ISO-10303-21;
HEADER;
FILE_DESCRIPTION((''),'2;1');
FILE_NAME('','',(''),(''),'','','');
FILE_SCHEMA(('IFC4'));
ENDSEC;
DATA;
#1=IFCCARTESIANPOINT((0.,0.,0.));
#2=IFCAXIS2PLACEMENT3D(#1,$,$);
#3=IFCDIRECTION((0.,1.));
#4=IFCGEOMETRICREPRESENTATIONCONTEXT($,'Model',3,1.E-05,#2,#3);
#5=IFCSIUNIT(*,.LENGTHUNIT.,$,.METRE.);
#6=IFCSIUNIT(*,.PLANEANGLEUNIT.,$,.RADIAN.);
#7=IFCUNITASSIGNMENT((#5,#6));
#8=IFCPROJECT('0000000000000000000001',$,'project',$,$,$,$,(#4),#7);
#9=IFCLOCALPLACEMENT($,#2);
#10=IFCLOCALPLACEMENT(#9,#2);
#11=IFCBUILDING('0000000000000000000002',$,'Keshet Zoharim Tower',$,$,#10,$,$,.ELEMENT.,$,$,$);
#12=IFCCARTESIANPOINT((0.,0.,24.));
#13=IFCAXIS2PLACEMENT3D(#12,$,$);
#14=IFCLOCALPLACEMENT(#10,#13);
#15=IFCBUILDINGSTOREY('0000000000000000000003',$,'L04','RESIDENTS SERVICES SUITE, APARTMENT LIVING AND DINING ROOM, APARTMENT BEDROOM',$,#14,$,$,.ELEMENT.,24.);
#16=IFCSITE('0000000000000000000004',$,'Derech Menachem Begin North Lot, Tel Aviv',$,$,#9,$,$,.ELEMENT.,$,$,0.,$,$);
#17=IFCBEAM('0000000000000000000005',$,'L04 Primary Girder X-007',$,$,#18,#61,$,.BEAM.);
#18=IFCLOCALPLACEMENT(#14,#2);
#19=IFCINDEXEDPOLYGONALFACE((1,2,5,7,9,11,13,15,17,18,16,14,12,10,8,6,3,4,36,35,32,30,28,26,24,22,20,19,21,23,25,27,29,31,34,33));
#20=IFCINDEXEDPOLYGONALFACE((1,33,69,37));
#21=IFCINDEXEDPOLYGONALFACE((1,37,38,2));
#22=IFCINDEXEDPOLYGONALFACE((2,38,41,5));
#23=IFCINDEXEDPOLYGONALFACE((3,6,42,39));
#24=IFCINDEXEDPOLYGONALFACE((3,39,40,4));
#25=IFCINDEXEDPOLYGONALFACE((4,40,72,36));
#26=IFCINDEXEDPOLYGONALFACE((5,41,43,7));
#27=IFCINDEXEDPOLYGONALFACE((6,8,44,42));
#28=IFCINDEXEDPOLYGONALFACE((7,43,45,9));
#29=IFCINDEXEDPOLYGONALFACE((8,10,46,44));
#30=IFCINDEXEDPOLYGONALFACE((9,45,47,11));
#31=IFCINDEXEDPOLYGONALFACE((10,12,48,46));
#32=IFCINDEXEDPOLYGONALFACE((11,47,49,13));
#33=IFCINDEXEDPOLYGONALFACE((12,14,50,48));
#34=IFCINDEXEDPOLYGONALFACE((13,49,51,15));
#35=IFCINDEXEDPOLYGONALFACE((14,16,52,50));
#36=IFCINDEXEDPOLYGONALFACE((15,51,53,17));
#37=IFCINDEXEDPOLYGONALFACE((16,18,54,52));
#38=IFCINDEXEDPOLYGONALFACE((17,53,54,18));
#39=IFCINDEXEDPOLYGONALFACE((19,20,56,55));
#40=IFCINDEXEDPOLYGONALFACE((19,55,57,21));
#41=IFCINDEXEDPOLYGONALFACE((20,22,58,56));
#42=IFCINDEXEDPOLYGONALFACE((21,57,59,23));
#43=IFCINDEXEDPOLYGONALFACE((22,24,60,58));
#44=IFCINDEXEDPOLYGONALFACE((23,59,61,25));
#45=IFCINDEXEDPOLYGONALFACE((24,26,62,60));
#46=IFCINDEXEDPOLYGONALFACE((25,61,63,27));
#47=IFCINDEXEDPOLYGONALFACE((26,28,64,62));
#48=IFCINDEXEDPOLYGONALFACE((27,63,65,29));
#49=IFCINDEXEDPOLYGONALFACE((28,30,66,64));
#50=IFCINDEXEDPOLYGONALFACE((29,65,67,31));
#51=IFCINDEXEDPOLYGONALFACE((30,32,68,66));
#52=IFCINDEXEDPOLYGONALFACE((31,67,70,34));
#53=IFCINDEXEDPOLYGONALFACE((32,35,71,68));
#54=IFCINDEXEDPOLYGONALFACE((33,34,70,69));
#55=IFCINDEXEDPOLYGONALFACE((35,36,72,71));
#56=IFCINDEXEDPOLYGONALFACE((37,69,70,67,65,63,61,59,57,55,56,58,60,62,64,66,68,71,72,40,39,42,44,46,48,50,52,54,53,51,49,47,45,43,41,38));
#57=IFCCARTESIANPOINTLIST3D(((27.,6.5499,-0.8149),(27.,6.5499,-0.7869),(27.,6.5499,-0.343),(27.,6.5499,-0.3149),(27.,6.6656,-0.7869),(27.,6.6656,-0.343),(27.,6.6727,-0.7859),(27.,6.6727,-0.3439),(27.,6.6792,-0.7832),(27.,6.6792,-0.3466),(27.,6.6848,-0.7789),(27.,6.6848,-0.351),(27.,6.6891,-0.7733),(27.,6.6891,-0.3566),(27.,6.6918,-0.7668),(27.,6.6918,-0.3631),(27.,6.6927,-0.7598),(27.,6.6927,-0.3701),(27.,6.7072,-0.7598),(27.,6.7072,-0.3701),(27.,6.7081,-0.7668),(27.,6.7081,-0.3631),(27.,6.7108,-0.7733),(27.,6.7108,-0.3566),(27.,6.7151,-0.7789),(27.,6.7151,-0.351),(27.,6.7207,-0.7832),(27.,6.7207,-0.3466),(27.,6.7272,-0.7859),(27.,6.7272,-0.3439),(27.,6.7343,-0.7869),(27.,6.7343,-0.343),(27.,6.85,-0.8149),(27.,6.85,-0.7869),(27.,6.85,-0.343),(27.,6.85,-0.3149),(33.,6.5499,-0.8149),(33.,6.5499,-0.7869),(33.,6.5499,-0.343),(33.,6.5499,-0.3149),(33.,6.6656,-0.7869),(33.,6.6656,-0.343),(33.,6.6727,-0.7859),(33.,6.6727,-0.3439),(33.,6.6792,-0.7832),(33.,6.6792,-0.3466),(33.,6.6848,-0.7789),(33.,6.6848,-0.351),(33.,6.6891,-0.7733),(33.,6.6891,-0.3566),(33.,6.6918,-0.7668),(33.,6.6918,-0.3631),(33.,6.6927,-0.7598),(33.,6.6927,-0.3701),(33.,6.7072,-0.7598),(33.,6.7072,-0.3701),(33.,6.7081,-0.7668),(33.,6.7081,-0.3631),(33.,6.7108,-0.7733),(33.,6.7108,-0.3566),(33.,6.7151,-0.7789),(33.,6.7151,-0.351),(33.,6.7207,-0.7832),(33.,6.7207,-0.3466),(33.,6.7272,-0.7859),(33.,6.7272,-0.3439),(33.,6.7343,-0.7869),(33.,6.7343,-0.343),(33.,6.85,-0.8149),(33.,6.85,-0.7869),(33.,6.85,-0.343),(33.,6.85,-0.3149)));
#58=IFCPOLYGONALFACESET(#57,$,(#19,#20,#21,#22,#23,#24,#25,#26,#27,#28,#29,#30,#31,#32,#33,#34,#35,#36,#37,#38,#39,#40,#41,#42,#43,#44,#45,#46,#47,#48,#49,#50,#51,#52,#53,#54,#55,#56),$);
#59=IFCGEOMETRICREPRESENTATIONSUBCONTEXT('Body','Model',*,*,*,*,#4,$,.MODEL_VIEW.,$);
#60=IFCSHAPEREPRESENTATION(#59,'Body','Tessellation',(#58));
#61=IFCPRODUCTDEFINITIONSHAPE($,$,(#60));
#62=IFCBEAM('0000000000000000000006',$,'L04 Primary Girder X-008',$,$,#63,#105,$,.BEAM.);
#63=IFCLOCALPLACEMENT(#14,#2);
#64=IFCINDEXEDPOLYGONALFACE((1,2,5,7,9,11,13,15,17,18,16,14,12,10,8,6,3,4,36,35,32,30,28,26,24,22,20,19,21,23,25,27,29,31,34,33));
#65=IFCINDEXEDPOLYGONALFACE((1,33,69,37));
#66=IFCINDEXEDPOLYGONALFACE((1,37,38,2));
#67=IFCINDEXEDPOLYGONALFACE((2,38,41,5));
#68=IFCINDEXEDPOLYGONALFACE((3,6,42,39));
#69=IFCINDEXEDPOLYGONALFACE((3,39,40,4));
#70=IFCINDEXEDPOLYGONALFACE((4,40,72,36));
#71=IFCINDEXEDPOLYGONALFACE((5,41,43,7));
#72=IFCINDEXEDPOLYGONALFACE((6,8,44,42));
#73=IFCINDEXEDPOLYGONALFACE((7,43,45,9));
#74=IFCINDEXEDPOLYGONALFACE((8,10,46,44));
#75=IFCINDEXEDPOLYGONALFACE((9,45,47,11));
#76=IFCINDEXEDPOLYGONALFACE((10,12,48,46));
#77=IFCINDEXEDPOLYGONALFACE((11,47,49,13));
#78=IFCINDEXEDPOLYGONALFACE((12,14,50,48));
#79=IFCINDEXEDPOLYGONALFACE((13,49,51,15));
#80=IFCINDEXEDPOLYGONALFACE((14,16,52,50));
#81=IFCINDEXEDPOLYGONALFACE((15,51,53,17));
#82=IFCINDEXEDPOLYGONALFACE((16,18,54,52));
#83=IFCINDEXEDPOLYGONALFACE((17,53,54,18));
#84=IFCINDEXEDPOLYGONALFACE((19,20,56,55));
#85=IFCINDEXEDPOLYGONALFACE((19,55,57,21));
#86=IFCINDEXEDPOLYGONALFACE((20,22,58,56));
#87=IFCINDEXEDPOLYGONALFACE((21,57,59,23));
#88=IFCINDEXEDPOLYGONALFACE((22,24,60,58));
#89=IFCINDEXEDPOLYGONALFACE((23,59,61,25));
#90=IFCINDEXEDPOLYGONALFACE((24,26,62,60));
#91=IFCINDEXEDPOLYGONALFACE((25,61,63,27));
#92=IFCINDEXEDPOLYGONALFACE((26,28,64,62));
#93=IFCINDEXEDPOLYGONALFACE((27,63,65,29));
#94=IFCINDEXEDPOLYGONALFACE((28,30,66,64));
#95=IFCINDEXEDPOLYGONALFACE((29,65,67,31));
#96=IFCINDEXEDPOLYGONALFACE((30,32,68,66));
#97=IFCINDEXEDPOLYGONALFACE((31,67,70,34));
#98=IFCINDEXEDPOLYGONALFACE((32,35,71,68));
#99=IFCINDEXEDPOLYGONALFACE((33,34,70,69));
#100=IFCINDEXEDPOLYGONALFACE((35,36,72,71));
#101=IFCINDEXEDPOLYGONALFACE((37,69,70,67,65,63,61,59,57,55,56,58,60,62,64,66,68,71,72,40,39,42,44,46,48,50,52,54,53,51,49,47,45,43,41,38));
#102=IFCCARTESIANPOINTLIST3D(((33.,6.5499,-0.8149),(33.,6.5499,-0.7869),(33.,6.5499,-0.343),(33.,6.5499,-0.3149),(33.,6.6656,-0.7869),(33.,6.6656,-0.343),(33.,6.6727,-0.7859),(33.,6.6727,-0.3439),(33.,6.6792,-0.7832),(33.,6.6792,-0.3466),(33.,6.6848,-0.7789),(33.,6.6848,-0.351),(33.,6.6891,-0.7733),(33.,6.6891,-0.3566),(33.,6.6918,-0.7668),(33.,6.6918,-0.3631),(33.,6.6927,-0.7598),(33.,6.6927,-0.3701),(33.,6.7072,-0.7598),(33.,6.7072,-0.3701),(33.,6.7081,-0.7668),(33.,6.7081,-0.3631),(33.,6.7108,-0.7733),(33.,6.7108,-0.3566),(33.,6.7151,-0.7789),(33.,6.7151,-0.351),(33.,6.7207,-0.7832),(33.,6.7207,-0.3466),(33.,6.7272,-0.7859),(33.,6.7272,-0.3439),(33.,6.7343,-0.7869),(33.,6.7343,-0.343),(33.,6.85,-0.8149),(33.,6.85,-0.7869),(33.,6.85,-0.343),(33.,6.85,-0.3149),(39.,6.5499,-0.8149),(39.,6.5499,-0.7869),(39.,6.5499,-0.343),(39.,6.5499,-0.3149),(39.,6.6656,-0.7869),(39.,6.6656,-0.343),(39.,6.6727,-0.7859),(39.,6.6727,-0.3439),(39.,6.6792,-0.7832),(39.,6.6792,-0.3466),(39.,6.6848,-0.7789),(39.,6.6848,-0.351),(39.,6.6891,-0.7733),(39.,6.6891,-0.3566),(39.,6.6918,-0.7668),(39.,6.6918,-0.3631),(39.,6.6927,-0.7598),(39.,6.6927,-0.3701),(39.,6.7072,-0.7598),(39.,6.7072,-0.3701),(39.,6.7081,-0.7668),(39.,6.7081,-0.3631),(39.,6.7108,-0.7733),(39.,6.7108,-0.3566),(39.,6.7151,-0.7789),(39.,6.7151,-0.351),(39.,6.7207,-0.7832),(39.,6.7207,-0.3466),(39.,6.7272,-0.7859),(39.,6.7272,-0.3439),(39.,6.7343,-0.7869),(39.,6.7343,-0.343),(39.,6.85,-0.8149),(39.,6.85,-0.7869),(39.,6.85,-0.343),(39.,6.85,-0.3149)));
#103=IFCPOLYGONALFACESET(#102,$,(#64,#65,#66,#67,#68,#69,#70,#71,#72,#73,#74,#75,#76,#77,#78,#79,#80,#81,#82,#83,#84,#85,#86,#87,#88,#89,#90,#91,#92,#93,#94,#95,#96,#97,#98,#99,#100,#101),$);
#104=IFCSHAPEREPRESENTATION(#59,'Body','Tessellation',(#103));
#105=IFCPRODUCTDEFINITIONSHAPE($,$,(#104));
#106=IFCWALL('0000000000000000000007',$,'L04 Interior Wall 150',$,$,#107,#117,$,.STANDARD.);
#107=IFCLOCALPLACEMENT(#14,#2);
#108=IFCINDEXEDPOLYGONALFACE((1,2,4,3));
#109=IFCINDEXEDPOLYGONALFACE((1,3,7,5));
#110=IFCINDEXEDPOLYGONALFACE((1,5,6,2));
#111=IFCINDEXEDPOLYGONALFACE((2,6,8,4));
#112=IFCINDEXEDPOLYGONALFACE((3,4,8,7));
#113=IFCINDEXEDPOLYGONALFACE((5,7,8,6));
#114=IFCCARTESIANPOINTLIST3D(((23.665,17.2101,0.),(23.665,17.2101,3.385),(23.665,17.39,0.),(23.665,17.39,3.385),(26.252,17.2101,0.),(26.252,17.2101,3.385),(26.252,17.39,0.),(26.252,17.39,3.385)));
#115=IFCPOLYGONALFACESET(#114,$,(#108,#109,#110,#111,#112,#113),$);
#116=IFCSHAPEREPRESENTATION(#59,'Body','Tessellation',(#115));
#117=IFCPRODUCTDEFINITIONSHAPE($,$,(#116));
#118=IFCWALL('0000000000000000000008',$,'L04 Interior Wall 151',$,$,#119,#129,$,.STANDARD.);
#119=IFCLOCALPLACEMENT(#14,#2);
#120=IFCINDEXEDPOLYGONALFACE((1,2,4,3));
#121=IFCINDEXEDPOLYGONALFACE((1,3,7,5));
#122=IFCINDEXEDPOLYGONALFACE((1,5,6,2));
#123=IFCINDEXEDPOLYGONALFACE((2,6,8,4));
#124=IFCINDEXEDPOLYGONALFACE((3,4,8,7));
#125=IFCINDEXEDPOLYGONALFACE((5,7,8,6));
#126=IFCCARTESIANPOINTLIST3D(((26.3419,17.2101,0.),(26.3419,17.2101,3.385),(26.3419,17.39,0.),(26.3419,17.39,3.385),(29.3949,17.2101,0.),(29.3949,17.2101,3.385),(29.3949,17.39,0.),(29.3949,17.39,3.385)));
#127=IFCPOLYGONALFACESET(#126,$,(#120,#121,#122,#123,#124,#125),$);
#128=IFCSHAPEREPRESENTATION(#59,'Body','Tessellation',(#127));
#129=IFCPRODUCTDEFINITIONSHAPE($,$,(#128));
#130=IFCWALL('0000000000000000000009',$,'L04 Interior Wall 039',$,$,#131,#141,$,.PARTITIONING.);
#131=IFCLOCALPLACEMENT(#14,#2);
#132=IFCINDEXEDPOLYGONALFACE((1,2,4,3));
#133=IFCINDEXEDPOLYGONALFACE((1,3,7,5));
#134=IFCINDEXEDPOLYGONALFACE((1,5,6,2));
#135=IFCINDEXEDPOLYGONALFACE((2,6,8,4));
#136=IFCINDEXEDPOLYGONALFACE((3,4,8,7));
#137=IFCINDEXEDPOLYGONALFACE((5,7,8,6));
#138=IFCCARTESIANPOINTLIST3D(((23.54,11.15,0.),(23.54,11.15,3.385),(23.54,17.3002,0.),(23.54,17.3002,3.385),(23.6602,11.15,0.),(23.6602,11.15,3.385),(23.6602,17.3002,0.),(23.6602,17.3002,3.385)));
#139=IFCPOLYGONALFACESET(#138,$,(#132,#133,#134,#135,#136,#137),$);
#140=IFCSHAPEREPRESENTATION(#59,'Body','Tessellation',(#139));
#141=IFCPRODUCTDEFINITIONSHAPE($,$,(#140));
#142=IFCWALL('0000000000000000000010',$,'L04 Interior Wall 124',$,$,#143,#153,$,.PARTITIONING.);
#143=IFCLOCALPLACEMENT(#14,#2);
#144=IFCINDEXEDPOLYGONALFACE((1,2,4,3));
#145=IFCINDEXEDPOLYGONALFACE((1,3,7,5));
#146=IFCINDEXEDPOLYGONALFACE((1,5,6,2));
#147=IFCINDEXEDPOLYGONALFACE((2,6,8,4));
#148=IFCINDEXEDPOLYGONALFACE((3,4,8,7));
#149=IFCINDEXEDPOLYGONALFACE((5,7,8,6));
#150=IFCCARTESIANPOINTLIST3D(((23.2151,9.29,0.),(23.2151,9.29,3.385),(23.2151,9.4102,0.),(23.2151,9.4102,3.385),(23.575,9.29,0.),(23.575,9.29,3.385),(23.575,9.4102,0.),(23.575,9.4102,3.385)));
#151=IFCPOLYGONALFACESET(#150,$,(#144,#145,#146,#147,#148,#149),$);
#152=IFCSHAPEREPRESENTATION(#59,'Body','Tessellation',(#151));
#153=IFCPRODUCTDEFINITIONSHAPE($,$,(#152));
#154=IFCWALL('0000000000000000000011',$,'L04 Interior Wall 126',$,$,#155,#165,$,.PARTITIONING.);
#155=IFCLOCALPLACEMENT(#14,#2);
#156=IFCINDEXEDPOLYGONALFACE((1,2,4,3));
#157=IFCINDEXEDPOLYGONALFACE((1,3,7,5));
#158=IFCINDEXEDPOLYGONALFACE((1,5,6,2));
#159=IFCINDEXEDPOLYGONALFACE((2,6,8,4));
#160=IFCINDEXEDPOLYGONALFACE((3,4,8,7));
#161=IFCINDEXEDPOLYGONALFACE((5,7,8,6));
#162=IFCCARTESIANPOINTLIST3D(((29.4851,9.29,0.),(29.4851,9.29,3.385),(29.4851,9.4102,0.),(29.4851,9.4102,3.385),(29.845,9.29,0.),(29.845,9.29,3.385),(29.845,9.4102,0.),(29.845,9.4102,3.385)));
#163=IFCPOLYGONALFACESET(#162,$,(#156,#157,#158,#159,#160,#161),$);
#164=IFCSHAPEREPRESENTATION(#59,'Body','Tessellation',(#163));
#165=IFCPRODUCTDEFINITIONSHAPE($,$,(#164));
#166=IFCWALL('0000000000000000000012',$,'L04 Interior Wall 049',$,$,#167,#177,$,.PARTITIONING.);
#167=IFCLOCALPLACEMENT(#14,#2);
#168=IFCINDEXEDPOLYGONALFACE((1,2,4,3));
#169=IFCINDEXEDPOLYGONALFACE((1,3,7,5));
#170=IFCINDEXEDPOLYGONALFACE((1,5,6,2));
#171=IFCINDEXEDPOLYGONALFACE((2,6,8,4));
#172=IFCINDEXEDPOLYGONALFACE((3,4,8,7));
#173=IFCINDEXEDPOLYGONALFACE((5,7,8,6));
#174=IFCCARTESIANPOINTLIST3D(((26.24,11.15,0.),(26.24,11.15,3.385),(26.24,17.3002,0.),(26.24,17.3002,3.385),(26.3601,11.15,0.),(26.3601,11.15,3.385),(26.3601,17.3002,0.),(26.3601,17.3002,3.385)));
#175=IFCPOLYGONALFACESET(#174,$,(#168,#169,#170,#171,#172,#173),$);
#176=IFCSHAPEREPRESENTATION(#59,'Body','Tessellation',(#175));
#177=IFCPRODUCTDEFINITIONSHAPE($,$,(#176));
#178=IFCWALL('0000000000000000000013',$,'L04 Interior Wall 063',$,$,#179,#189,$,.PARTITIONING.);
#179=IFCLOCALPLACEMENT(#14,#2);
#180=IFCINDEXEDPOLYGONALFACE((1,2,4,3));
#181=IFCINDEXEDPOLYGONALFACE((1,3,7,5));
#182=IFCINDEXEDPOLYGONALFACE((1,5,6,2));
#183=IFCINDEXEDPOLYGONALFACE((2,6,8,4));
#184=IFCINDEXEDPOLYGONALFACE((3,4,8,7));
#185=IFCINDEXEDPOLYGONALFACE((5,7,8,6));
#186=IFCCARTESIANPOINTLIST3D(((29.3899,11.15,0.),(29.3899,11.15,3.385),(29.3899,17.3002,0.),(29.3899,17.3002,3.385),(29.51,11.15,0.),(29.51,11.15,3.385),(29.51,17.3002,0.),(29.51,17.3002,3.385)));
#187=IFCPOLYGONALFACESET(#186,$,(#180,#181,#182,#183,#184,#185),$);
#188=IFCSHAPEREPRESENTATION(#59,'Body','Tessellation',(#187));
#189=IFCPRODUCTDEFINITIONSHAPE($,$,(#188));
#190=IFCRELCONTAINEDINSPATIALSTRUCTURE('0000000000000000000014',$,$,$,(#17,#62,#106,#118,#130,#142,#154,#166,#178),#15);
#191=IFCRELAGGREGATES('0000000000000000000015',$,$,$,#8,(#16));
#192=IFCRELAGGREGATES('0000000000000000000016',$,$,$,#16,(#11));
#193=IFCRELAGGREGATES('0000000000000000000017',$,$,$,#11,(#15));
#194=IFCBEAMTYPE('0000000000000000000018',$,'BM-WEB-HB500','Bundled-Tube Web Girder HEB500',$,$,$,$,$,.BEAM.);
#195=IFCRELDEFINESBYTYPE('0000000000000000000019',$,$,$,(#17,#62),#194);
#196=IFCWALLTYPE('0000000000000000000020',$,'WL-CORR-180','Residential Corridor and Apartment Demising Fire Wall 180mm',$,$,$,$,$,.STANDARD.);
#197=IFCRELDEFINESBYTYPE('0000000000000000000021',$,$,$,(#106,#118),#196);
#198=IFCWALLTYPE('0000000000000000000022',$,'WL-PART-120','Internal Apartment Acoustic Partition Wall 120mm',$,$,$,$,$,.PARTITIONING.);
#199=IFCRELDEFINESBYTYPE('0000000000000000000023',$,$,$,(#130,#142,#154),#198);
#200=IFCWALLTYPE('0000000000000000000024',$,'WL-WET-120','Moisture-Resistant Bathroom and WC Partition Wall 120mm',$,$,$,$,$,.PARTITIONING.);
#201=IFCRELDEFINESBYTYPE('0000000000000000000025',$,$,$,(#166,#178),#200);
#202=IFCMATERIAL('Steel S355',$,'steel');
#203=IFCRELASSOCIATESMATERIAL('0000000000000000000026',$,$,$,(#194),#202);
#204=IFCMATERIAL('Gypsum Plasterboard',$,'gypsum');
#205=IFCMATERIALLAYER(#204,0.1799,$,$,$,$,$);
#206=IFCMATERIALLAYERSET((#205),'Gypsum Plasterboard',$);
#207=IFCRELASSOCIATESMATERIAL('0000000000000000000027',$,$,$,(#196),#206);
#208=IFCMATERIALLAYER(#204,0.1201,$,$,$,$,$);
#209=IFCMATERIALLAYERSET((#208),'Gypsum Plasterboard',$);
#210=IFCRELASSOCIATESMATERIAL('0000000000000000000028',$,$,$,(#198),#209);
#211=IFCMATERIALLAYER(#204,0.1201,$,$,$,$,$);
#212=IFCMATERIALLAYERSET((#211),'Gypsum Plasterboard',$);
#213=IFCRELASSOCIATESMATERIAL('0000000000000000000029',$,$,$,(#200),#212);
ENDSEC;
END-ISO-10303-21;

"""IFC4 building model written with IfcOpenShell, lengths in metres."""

from ifc_helpers import new_model, si_unit, direction, frame, frame_2d, origin, origin_2d, place, context, subcontext, project, spatial, rectangle, i_section, extrude, material, layer, layer_set, material_profile, profile_set, type_object, element, save


model = new_model("IFC4")

# Units and contexts
model_context = context("Model", 3, precision=1e-05, world=origin(), true_north=direction((0.0, 1.0)))
body_context = subcontext(model_context, "Body", "Model", "MODEL_VIEW")
ifc_project = project(units=[si_unit("LENGTHUNIT", "METRE"), si_unit("PLANEANGLEUNIT", "RADIAN")], contexts=[model_context])

# Site, building, storey
site_placement = place(None, origin())
site = spatial("IfcSite", under=ifc_project, at=site_placement, Name="Derech Menachem Begin North Lot, Tel Aviv", CompositionType="ELEMENT", RefElevation=0.0)
building_placement = place(site_placement, origin())
building = spatial("IfcBuilding", under=site, at=building_placement, Name="Keshet Zoharim Tower", CompositionType="ELEMENT")
storey_placement = place(building_placement, frame((0.0, 0.0, 24.0)))
storey = spatial("IfcBuildingStorey", under=building, at=storey_placement, Name="L04", Description="RESIDENTS SERVICES SUITE, APARTMENT LIVING AND DINING ROOM, APARTMENT BEDROOM", CompositionType="ELEMENT", Elevation=24.0)

# Beams
ifc_material_1 = material(Name="Steel S355", Category="steel")
ifc_material_profile_1 = material_profile(ifc_material_1, i_section(OverallWidth=0.3, OverallDepth=0.5, WebThickness=0.0144, FlangeThickness=0.0281, FilletRadius=0.0271, at=origin_2d()), Name="HEB500")
ifc_profile_set_1 = profile_set([ifc_material_profile_1], Name="Steel S355")
beam_type_1 = type_object("IfcBeamType", Name="BM-WEB-HB500", Description="Bundled-Tube Web Girder HEB500", PredefinedType="BEAM", material=ifc_profile_set_1)
for number, where, z_axis, x_axis, name in (
    (1, (27.0, 6.7, -0.5649), (1.0, 0.0, 0.0), (0.0, 1.0, 0.0), "L04 Primary Girder X-007"),
    (2, (33.0, 6.7, -0.5649), (1.0, 0.0, 0.0), (0.0, 1.0, 0.0), "L04 Primary Girder X-008"),
):
    element("IfcBeam", number, at=place(storey_placement, frame(where, z_axis=z_axis, x_axis=x_axis)), inside=storey, type_object=beam_type_1, Name=name, PredefinedType="BEAM", context=body_context, shape_type="SweptSolid", body=[
        extrude(i_section(OverallWidth=0.3, OverallDepth=0.5, WebThickness=0.0144, FlangeThickness=0.0281, FilletRadius=0.0271, at=origin_2d()), origin(), (0.0, 0.0, 1.0), 6.0),
    ])

# Walls
ifc_material_2 = material(Name="Gypsum Plasterboard", Category="gypsum")
ifc_layer_1 = layer(ifc_material_2, 0.1799)
ifc_layer_set_1 = layer_set([ifc_layer_1], Name="Gypsum Plasterboard")
wall_type_1 = type_object("IfcWallType", Name="WL-CORR-180", Description="Residential Corridor and Apartment Demising Fire Wall 180mm", PredefinedType="STANDARD", material=ifc_layer_set_1)
wall_1_placement = place(storey_placement, frame((23.665, 17.3, 0.0), z_axis=(0.0, 0.0, 1.0), x_axis=(1.0, 0.0, 0.0)))
element("IfcWall", 3, at=wall_1_placement, inside=storey, type_object=wall_type_1, Name="L04 Interior Wall 150", PredefinedType="STANDARD", context=body_context, shape_type="SweptSolid", body=[
    extrude(rectangle(XDim=2.5869, YDim=0.1799, at=frame_2d((1.2935, 0.0))), origin(), (0.0, 0.0, 1.0), 3.385),
])
wall_2_placement = place(storey_placement, frame((26.342, 17.3, 0.0), z_axis=(0.0, 0.0, 1.0), x_axis=(1.0, 0.0, 0.0)))
element("IfcWall", 4, at=wall_2_placement, inside=storey, type_object=wall_type_1, Name="L04 Interior Wall 151", PredefinedType="STANDARD", context=body_context, shape_type="SweptSolid", body=[
    extrude(rectangle(XDim=3.053, YDim=0.1799, at=frame_2d((1.5264, 0.0))), origin(), (0.0, 0.0, 1.0), 3.385),
])
ifc_layer_2 = layer(ifc_material_2, 0.1201)
ifc_layer_set_2 = layer_set([ifc_layer_2], Name="Gypsum Plasterboard")
wall_type_2 = type_object("IfcWallType", Name="WL-PART-120", Description="Internal Apartment Acoustic Partition Wall 120mm", PredefinedType="PARTITIONING", material=ifc_layer_set_2)
wall_3_placement = place(storey_placement, frame((23.6001, 11.1499, 0.0), z_axis=(0.0, 0.0, 1.0), x_axis=(0.0, 1.0, 0.0)))
element("IfcWall", 5, at=wall_3_placement, inside=storey, type_object=wall_type_2, Name="L04 Interior Wall 039", PredefinedType="PARTITIONING", context=body_context, shape_type="SweptSolid", body=[
    extrude(rectangle(XDim=6.1501, YDim=0.1201, at=frame_2d((3.0752, 0.0))), origin(), (0.0, 0.0, 1.0), 3.385),
])
wall_4_placement = place(storey_placement, frame((23.2151, 9.3501, 0.0), z_axis=(0.0, 0.0, 1.0), x_axis=(1.0, 0.0, 0.0)))
element("IfcWall", 6, at=wall_4_placement, inside=storey, type_object=wall_type_2, Name="L04 Interior Wall 124", PredefinedType="PARTITIONING", context=body_context, shape_type="SweptSolid", body=[
    extrude(rectangle(XDim=0.3599, YDim=0.1201, at=frame_2d((0.1799, 0.0))), origin(), (0.0, 0.0, 1.0), 3.385),
])

# Wall
wall_5_placement = place(storey_placement, frame((29.4851, 9.3501, 0.0), z_axis=(0.0, 0.0, 1.0), x_axis=(1.0, 0.0, 0.0)))
element("IfcWall", 7, at=wall_5_placement, inside=storey, type_object=wall_type_2, Name="L04 Interior Wall 126", PredefinedType="PARTITIONING", context=body_context, shape_type="SweptSolid", body=[
    extrude(rectangle(XDim=0.3599, YDim=0.1201, at=frame_2d((0.1799, 0.0))), origin(), (0.0, 0.0, 1.0), 3.385),
])

# Walls
ifc_layer_3 = layer(ifc_material_2, 0.1201)
ifc_layer_set_3 = layer_set([ifc_layer_3], Name="Gypsum Plasterboard")
wall_type_3 = type_object("IfcWallType", Name="WL-WET-120", Description="Moisture-Resistant Bathroom and WC Partition Wall 120mm", PredefinedType="PARTITIONING", material=ifc_layer_set_3)
for number, where, z_axis, x_axis, name in (
    (8, (26.3, 11.1499, 0.0), (0.0, 0.0, 1.0), (0.0, 1.0, 0.0), "L04 Interior Wall 049"),
    (9, (29.45, 11.1499, 0.0), (0.0, 0.0, 1.0), (0.0, 1.0, 0.0), "L04 Interior Wall 063"),
):
    element("IfcWall", number, at=place(storey_placement, frame(where, z_axis=z_axis, x_axis=x_axis)), inside=storey, type_object=wall_type_3, Name=name, PredefinedType="PARTITIONING", context=body_context, shape_type="SweptSolid", body=[
        extrude(rectangle(XDim=6.1501, YDim=0.1201, at=frame_2d((3.0752, 0.0))), origin(), (0.0, 0.0, 1.0), 3.385),
    ])

save(model, "model.ifc")
